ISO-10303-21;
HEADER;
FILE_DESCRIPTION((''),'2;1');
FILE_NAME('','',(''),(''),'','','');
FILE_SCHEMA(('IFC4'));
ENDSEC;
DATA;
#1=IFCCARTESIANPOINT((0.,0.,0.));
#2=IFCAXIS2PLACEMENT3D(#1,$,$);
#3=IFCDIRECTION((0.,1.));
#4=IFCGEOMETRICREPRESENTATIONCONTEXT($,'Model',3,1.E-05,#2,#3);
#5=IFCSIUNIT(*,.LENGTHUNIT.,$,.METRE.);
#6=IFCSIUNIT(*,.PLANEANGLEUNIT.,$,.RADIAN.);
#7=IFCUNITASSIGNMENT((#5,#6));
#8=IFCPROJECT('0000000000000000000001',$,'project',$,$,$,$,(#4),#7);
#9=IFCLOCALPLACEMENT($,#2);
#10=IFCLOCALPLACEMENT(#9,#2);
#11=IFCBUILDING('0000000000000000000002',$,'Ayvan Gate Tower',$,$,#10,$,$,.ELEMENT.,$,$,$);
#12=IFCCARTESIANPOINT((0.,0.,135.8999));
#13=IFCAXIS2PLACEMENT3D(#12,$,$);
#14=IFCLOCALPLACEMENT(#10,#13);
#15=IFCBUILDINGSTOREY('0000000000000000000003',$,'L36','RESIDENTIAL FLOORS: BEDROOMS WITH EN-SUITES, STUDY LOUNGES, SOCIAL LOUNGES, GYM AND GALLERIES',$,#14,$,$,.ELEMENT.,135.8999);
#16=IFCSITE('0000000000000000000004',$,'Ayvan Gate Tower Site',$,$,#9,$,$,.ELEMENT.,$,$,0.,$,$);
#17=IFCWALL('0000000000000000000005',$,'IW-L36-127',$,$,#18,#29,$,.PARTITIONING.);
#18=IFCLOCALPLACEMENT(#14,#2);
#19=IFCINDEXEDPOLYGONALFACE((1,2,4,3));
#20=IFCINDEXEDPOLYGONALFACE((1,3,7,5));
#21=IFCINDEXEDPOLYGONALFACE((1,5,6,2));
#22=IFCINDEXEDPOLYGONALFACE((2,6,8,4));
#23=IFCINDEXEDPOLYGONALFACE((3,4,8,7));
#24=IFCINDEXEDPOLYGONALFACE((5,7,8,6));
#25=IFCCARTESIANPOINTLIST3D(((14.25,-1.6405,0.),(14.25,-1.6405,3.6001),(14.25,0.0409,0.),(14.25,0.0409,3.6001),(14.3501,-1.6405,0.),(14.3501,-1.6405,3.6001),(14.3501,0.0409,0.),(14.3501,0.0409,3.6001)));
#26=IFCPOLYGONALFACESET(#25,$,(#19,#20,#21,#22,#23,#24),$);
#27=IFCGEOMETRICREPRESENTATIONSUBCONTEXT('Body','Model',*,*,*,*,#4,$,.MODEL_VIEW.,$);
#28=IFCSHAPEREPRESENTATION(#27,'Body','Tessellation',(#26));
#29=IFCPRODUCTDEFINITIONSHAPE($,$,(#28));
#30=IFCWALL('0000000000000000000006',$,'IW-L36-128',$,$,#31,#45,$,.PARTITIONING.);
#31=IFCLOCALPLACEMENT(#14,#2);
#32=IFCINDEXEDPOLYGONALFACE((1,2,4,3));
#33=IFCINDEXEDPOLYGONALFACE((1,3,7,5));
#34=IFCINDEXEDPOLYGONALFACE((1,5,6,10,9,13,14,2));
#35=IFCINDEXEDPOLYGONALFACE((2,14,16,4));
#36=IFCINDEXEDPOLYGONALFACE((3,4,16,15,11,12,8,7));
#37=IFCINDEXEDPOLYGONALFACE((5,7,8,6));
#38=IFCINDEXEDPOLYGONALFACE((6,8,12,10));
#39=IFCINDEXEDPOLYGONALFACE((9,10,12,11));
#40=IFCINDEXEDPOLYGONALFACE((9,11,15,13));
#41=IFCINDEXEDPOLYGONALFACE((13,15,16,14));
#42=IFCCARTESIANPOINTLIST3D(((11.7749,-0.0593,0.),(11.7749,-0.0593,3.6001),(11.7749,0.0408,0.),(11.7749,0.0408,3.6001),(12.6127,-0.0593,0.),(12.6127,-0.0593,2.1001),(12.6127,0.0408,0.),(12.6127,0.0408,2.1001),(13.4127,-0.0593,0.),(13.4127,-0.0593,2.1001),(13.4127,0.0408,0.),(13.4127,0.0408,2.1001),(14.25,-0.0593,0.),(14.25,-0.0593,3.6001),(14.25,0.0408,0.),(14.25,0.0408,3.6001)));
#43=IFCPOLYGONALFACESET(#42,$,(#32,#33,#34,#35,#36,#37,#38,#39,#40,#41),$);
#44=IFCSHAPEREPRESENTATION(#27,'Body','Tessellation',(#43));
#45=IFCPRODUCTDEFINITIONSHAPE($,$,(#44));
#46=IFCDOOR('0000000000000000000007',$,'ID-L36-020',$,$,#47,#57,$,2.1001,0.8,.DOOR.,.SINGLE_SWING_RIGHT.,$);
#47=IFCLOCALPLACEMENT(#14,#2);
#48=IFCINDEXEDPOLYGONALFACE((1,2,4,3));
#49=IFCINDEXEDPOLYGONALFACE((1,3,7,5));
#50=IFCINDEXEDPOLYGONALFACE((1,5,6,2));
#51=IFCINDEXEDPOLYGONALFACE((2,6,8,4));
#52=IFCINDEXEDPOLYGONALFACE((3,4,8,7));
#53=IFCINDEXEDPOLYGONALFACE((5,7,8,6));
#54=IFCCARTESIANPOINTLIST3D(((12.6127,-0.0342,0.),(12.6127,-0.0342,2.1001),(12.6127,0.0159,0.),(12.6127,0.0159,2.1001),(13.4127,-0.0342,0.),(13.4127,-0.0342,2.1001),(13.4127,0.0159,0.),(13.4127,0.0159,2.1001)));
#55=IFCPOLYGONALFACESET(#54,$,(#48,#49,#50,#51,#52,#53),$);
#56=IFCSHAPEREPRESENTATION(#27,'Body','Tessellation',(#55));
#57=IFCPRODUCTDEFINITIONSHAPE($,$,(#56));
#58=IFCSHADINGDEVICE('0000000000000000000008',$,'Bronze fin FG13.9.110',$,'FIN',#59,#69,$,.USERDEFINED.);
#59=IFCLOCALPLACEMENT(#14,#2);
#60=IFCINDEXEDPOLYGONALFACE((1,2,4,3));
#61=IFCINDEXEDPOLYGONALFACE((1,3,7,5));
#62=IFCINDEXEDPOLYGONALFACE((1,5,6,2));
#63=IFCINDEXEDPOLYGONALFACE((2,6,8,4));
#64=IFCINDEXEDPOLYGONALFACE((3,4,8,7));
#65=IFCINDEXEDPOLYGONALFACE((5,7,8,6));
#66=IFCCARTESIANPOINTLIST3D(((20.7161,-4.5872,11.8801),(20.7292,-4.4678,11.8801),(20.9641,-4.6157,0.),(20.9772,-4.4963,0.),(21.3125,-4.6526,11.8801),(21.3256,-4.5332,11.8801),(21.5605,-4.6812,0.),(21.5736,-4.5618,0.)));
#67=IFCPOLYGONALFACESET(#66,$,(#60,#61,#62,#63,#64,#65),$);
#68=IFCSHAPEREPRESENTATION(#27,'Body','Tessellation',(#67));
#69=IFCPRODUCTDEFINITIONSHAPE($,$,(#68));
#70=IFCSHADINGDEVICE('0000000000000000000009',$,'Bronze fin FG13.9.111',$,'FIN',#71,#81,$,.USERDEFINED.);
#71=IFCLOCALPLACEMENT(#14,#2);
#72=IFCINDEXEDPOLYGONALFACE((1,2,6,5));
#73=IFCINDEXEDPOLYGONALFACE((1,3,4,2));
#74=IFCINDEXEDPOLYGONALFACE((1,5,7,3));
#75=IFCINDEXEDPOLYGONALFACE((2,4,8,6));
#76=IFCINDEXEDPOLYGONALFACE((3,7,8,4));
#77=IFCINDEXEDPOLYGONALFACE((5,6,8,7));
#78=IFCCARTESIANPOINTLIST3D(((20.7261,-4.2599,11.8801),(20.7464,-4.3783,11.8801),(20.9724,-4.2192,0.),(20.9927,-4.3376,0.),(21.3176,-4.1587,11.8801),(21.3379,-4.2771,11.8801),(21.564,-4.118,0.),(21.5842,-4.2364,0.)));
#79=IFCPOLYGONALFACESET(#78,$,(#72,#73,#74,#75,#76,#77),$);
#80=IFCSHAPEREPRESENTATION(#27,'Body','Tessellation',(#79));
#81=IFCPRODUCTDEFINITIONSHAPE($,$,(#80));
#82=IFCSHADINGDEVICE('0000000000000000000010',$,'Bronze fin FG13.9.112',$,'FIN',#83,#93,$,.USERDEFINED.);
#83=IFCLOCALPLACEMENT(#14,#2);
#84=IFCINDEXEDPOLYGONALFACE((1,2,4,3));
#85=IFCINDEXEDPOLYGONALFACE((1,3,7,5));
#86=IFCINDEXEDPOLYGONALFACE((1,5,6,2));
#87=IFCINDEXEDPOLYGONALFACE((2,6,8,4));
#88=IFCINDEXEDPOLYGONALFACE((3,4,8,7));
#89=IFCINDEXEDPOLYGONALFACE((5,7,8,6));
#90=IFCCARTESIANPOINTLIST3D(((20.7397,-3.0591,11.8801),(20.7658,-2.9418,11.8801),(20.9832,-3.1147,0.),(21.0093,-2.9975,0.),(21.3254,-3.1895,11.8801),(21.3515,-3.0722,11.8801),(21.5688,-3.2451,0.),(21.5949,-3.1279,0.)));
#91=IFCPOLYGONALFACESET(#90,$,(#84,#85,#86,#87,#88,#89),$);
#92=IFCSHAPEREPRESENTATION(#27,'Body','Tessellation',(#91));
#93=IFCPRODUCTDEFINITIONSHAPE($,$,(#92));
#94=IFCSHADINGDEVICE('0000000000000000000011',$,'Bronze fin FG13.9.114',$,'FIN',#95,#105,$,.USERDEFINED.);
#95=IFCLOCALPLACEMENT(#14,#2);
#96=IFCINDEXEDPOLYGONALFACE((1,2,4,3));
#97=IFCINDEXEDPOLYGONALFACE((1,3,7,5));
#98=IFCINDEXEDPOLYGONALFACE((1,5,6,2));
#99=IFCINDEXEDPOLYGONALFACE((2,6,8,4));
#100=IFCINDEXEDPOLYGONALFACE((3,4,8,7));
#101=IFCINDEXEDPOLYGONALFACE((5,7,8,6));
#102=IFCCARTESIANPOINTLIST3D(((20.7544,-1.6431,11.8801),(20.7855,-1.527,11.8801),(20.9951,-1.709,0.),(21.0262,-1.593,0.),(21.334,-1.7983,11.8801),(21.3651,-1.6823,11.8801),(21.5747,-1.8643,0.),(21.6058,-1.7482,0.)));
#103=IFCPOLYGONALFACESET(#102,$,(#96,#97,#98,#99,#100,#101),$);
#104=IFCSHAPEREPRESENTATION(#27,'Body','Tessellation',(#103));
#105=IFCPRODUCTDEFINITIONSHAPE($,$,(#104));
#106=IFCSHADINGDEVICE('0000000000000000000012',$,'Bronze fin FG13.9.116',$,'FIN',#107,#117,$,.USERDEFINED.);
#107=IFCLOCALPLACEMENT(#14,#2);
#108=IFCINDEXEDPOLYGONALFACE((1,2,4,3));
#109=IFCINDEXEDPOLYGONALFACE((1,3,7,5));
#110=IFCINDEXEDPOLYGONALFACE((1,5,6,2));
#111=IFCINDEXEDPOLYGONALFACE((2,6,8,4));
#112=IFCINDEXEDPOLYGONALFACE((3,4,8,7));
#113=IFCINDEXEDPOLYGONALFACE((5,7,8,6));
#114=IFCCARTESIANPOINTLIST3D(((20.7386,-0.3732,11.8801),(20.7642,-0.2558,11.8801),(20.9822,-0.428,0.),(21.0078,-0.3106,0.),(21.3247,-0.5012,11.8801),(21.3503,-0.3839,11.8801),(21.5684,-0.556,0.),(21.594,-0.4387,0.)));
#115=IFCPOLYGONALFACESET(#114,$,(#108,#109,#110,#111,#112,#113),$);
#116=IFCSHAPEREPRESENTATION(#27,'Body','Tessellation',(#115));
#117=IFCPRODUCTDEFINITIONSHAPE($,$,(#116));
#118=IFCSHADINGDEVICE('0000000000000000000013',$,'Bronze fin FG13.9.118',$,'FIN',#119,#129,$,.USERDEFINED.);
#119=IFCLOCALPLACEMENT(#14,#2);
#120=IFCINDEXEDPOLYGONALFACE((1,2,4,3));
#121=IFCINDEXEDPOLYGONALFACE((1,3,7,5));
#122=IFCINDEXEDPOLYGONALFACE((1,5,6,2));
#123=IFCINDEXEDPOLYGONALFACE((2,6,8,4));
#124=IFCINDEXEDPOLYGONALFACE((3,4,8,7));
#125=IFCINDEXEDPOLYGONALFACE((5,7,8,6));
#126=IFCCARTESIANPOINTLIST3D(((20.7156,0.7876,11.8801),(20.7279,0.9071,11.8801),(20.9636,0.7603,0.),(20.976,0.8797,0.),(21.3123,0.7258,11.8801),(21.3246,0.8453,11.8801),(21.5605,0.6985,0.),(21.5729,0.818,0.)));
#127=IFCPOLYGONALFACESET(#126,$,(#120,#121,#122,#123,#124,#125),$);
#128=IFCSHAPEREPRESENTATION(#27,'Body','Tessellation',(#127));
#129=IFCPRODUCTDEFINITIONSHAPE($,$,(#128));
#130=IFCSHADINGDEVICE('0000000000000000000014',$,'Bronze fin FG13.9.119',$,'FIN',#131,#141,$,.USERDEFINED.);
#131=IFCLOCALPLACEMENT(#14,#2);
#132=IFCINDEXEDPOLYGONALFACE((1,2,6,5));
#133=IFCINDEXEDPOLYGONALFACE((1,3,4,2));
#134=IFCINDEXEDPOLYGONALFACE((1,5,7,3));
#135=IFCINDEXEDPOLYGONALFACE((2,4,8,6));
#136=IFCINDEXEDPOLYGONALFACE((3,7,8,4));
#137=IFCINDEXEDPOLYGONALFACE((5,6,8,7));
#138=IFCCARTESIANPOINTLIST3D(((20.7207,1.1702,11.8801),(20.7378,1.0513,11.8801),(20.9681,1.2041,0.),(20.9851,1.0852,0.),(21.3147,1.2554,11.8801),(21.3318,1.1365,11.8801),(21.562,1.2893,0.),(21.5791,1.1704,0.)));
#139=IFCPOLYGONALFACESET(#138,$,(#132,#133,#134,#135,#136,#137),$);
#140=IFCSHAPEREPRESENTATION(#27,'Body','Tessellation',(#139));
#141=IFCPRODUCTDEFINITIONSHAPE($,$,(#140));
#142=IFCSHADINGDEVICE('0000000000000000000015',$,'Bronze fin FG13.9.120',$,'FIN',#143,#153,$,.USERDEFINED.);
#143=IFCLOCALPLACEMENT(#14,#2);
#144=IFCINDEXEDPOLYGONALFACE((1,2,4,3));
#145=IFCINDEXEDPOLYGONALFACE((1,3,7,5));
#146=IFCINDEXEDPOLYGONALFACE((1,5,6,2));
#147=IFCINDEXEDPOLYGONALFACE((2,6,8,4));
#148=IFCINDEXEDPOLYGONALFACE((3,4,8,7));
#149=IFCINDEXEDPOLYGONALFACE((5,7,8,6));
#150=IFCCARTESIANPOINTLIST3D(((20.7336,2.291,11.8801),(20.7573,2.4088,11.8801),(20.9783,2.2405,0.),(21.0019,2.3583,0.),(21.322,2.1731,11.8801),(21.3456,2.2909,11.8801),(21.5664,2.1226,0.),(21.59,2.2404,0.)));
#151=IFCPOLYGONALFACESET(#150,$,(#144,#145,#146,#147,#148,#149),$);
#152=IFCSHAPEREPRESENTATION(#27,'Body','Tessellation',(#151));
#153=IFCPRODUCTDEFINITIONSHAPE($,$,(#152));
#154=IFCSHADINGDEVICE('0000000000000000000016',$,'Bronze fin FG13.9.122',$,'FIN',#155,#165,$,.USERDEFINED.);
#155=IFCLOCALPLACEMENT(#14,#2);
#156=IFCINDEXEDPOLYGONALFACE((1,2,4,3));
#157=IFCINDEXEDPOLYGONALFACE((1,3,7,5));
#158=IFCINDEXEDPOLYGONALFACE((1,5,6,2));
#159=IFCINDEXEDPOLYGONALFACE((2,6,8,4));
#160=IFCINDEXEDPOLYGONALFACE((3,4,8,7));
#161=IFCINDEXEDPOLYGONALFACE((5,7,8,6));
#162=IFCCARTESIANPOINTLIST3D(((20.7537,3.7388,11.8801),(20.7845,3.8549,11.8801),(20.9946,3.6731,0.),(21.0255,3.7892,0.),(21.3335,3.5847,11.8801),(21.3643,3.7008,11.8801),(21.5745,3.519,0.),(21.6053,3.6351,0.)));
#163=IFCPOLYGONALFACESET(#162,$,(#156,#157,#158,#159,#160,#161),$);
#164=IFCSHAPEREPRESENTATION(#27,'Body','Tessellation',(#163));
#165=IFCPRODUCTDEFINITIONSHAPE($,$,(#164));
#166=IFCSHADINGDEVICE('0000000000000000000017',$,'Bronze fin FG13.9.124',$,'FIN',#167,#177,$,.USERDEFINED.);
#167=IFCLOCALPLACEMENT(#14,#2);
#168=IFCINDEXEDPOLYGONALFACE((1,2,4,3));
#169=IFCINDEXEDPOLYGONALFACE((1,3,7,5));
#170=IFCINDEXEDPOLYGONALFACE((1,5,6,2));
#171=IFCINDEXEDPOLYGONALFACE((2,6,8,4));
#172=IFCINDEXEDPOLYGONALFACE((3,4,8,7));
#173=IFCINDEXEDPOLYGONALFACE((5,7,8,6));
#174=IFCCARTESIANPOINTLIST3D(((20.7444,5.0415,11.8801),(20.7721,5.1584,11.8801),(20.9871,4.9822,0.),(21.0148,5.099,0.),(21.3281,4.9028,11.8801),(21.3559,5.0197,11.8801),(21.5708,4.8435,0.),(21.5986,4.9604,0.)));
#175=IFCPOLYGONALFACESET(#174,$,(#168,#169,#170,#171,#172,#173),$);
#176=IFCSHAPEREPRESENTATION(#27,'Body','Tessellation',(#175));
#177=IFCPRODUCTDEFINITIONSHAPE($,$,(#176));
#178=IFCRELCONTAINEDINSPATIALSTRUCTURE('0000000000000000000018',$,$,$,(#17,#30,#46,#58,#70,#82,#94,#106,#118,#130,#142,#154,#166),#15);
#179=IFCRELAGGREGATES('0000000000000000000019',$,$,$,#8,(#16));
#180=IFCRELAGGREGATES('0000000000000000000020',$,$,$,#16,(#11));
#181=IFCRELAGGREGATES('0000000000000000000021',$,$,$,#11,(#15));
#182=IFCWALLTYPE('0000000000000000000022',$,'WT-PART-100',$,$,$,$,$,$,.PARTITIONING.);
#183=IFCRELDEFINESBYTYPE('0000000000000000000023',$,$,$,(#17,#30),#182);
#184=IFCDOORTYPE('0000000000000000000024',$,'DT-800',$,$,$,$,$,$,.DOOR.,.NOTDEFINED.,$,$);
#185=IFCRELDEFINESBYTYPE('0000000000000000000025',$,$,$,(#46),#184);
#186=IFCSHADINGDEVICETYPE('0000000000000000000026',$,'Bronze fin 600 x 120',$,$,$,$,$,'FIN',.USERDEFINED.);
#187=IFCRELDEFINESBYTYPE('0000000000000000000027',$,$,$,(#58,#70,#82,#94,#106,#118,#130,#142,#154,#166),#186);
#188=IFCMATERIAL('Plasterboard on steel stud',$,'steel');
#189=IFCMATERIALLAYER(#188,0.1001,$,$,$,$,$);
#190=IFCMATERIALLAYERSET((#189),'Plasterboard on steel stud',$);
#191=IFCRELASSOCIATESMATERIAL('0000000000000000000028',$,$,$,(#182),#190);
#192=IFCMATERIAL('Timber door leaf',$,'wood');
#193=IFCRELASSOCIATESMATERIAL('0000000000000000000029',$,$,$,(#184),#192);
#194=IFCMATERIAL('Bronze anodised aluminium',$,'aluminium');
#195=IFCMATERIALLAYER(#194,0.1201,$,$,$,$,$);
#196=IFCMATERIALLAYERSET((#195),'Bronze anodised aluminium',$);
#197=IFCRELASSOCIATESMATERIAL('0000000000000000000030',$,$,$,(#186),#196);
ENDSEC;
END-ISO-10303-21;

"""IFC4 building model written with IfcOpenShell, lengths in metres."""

from ifc_helpers import new_model, si_unit, direction, frame, frame_2d, origin, place, context, subcontext, project, spatial, polyline, rectangle, outline, extrude, material, layer, layer_set, type_object, element, fill, save


model = new_model("IFC4")

# Units and contexts
model_context = context("Model", 3, precision=1e-05, world=origin(), true_north=direction((0.0, 1.0)))
body_context = subcontext(model_context, "Body", "Model", "MODEL_VIEW")
ifc_project = project(units=[si_unit("LENGTHUNIT", "METRE"), si_unit("PLANEANGLEUNIT", "RADIAN")], contexts=[model_context])

# Site, building, storey
site_placement = place(None, origin())
site = spatial("IfcSite", under=ifc_project, at=site_placement, Name="Ayvan Gate Tower Site", CompositionType="ELEMENT", RefElevation=0.0)
building_placement = place(site_placement, origin())
building = spatial("IfcBuilding", under=site, at=building_placement, Name="Ayvan Gate Tower", CompositionType="ELEMENT")
storey_placement = place(building_placement, frame((0.0, 0.0, 135.8999)))
storey = spatial("IfcBuildingStorey", under=building, at=storey_placement, Name="L36", Description="RESIDENTIAL FLOORS: BEDROOMS WITH EN-SUITES, STUDY LOUNGES, SOCIAL LOUNGES, GYM AND GALLERIES", CompositionType="ELEMENT", Elevation=135.8999)

# Shared definitions
ifc_material_1 = material(Name="Bronze anodised aluminium", Category="aluminium")

# Wall
ifc_material_2 = material(Name="Plasterboard on steel stud", Category="steel")
ifc_layer_1 = layer(ifc_material_2, 0.1001)
ifc_layer_set_1 = layer_set([ifc_layer_1], Name="Plasterboard on steel stud")
wall_type = type_object("IfcWallType", Name="WT-PART-100", PredefinedType="PARTITIONING", material=ifc_layer_set_1)
wall_1_placement = place(storey_placement, frame((14.3, -1.6406, 0.0), z_axis=(0.0, 0.0, 1.0), x_axis=(0.0, 1.0, 0.0)))
element("IfcWall", 1, at=wall_1_placement, inside=storey, type_object=wall_type, Name="IW-L36-127", PredefinedType="PARTITIONING", context=body_context, shape_type="SweptSolid", body=[
    extrude(rectangle(XDim=1.6814, YDim=0.1001, at=frame_2d((0.8408, 0.0))), origin(), (0.0, 0.0, 1.0), 3.6001),
])

# Wall, opening, door
wall_2_placement = place(storey_placement, frame((14.25, -0.0093, 0.0), z_axis=(0.0, 0.0, 1.0), x_axis=(-1.0, 0.0, 0.0)))
wall_2 = element("IfcWall", 2, at=wall_2_placement, inside=storey, type_object=wall_type, Name="IW-L36-128", PredefinedType="PARTITIONING", context=body_context, shape_type="SweptSolid", body=[
    extrude(rectangle(XDim=2.4751, YDim=0.1001, at=frame_2d((1.2375, 0.0))), origin(), (0.0, 0.0, 1.0), 3.6001),
])
opening_placement = place(wall_2_placement, frame((0.8374, 0.0, 0.0)))
opening = element("IfcOpeningElement", 3, at=opening_placement, cuts=wall_2, PredefinedType="OPENING", context=body_context, shape_type="SweptSolid", body=[
    extrude(rectangle(XDim=0.8, YDim=2.1001, at=frame_2d((0.3999, 1.05))), frame((0.0, 0.0601, 0.0), z_axis=(0.0, -1.0, 0.0), x_axis=(1.0, 0.0, 0.0)), (0.0, 0.0, 1.0), 0.1201),
])
ifc_material_3 = material(Name="Timber door leaf", Category="wood")
door_type = type_object("IfcDoorType", Name="DT-800", OperationType="NOTDEFINED", PredefinedType="DOOR", material=ifc_material_3)
door_placement = place(opening_placement, origin())
door = element("IfcDoor", 4, at=door_placement, inside=storey, type_object=door_type, Name="ID-L36-020", OperationType="SINGLE_SWING_RIGHT", OverallHeight=2.1001, OverallWidth=0.8, PredefinedType="DOOR", context=body_context, shape_type="SweptSolid", body=[
    extrude(rectangle(XDim=0.8, YDim=2.1001, at=frame_2d((0.3999, 1.05))), frame((0.0, 0.0249, 0.0), z_axis=(0.0, -1.0, 0.0), x_axis=(1.0, 0.0, 0.0)), (0.0, 0.0, 1.0), 0.05),
])
fill(opening, door)

# Shading devices
ifc_layer_2 = layer(ifc_material_1, 0.1201)
ifc_layer_set_2 = layer_set([ifc_layer_2], Name="Bronze anodised aluminium")
shading_device_type = type_object("IfcShadingDeviceType", Name="Bronze fin 600 x 120", ElementType="FIN", PredefinedType="USERDEFINED", material=ifc_layer_set_2)
shading_device_1_placement = place(storey_placement, frame((20.9641, -4.6157, 0.0), z_axis=(-0.109047, -0.994037, 0.000113), x_axis=(0.994037, -0.109047, 0.0)))
element("IfcShadingDevice", 5, at=shading_device_1_placement, inside=storey, type_object=shading_device_type, Name="Bronze fin FG13.9.110", ObjectType="FIN", PredefinedType="USERDEFINED", context=body_context, shape_type="SweptSolid", body=[
    extrude(outline(polyline([(0.0, 0.0), (0.6, 0.0), (0.3503, 11.8801), (-0.2497, 11.8801), (0.0, 0.0)])), origin(), (0.0, 0.0, -1.0), 0.1201),
])
shading_device_2_placement = place(storey_placement, frame((20.9927, -4.3376, 0.0), z_axis=(0.168619, -0.985681, 0.000124), x_axis=(0.985681, 0.168619, 0.0)))
element("IfcShadingDevice", 6, at=shading_device_2_placement, inside=storey, type_object=shading_device_type, Name="Bronze fin FG13.9.111", ObjectType="FIN", PredefinedType="USERDEFINED", context=body_context, shape_type="SweptSolid", body=[
    extrude(outline(polyline([(0.0, 0.0), (0.6002, 0.0), (0.3505, 11.8801), (-0.2496, 11.8801), (0.0, 0.0)])), origin(), (0.0, 0.0, -1.0), 0.1201),
])
shading_device_3_placement = place(storey_placement, frame((20.9832, -3.1147, 0.0), z_axis=(-0.217275, -0.97611, 0.000122), x_axis=(0.97611, -0.217275, 0.0)))
element("IfcShadingDevice", 7, at=shading_device_3_placement, inside=storey, type_object=shading_device_type, Name="Bronze fin FG13.9.112", ObjectType="FIN", PredefinedType="USERDEFINED", context=body_context, shape_type="SweptSolid", body=[
    extrude(outline(polyline([(0.0, 0.0), (0.6, 0.0), (0.3503, 11.8801), (-0.2497, 11.8801), (0.0, 0.0)])), origin(), (0.0, 0.0, -1.0), 0.1201),
])
shading_device_4_placement = place(storey_placement, frame((20.9951, -1.709, 0.0), z_axis=(-0.258777, -0.965937, 0.000116), x_axis=(0.965937, -0.258777, 0.0)))
element("IfcShadingDevice", 8, at=shading_device_4_placement, inside=storey, type_object=shading_device_type, Name="Bronze fin FG13.9.114", ObjectType="FIN", PredefinedType="USERDEFINED", context=body_context, shape_type="SweptSolid", body=[
    extrude(outline(polyline([(0.0, 0.0), (0.6, 0.0), (0.3504, 11.8801), (-0.2496, 11.8801), (0.0, 0.0)])), origin(), (0.0, 0.0, -1.0), 0.1201),
])
shading_device_5_placement = place(storey_placement, frame((20.9822, -0.428, 0.0), z_axis=(-0.213418, -0.976961, 0.00013), x_axis=(0.976961, -0.213418, 0.0)))
element("IfcShadingDevice", 9, at=shading_device_5_placement, inside=storey, type_object=shading_device_type, Name="Bronze fin FG13.9.116", ObjectType="FIN", PredefinedType="USERDEFINED", context=body_context, shape_type="SweptSolid", body=[
    extrude(outline(polyline([(0.0, 0.0), (0.6, 0.0), (0.3503, 11.8801), (-0.2497, 11.8801), (0.0, 0.0)])), origin(), (0.0, 0.0, -1.0), 0.1201),
])
shading_device_6_placement = place(storey_placement, frame((20.9636, 0.7603, 0.0), z_axis=(-0.102948, -0.994687, 0.000139), x_axis=(0.994687, -0.102948, 0.0)))
element("IfcShadingDevice", 10, at=shading_device_6_placement, inside=storey, type_object=shading_device_type, Name="Bronze fin FG13.9.118", ObjectType="FIN", PredefinedType="USERDEFINED", context=body_context, shape_type="SweptSolid", body=[
    extrude(outline(polyline([(0.0, 0.0), (0.6001, 0.0), (0.3503, 11.8801), (-0.2495, 11.8801), (0.0, 0.0)])), origin(), (0.0, 0.0, -1.0), 0.1201),
])
shading_device_7_placement = place(storey_placement, frame((20.9851, 1.0852, 0.0), z_axis=(0.141991, -0.989868, 0.000128), x_axis=(0.989868, 0.141991, 0.0)))
element("IfcShadingDevice", 11, at=shading_device_7_placement, inside=storey, type_object=shading_device_type, Name="Bronze fin FG13.9.119", ObjectType="FIN", PredefinedType="USERDEFINED", context=body_context, shape_type="SweptSolid", body=[
    extrude(outline(polyline([(0.0, 0.0), (0.6001, 0.0), (0.3504, 11.8801), (-0.2496, 11.8801), (0.0, 0.0)])), origin(), (0.0, 0.0, -1.0), 0.1201),
])
shading_device_8_placement = place(storey_placement, frame((20.9783, 2.2405, 0.0), z_axis=(-0.196547, -0.980494, 0.000126), x_axis=(0.980495, -0.196547, 0.0)))
element("IfcShadingDevice", 12, at=shading_device_8_placement, inside=storey, type_object=shading_device_type, Name="Bronze fin FG13.9.120", ObjectType="FIN", PredefinedType="USERDEFINED", context=body_context, shape_type="SweptSolid", body=[
    extrude(outline(polyline([(0.0, 0.0), (0.5998, 0.0), (0.3503, 11.8801), (-0.2498, 11.8801), (0.0, 0.0)])), origin(), (0.0, 0.0, -1.0), 0.1201),
])
shading_device_9_placement = place(storey_placement, frame((20.9946, 3.6731, 0.0), z_axis=(-0.256776, -0.966471, 0.000134), x_axis=(0.966471, -0.256776, 0.0)))
element("IfcShadingDevice", 13, at=shading_device_9_placement, inside=storey, type_object=shading_device_type, Name="Bronze fin FG13.9.122", ObjectType="FIN", PredefinedType="USERDEFINED", context=body_context, shape_type="SweptSolid", body=[
    extrude(outline(polyline([(0.0, 0.0), (0.5999, 0.0), (0.3502, 11.8801), (-0.2498, 11.8801), (0.0, 0.0)])), origin(), (0.0, 0.0, -1.0), 0.1201),
])
shading_device_10_placement = place(storey_placement, frame((20.9871, 4.9822, 0.0), z_axis=(-0.231125, -0.972924, 0.000137), x_axis=(0.972924, -0.231125, 0.0)))
element("IfcShadingDevice", 14, at=shading_device_10_placement, inside=storey, type_object=shading_device_type, Name="Bronze fin FG13.9.124", ObjectType="FIN", PredefinedType="USERDEFINED", context=body_context, shape_type="SweptSolid", body=[
    extrude(outline(polyline([(0.0, 0.0), (0.6, 0.0), (0.3502, 11.8801), (-0.2498, 11.8801), (0.0, 0.0)])), origin(), (0.0, 0.0, -1.0), 0.1201),
])

save(model, "model.ifc")
